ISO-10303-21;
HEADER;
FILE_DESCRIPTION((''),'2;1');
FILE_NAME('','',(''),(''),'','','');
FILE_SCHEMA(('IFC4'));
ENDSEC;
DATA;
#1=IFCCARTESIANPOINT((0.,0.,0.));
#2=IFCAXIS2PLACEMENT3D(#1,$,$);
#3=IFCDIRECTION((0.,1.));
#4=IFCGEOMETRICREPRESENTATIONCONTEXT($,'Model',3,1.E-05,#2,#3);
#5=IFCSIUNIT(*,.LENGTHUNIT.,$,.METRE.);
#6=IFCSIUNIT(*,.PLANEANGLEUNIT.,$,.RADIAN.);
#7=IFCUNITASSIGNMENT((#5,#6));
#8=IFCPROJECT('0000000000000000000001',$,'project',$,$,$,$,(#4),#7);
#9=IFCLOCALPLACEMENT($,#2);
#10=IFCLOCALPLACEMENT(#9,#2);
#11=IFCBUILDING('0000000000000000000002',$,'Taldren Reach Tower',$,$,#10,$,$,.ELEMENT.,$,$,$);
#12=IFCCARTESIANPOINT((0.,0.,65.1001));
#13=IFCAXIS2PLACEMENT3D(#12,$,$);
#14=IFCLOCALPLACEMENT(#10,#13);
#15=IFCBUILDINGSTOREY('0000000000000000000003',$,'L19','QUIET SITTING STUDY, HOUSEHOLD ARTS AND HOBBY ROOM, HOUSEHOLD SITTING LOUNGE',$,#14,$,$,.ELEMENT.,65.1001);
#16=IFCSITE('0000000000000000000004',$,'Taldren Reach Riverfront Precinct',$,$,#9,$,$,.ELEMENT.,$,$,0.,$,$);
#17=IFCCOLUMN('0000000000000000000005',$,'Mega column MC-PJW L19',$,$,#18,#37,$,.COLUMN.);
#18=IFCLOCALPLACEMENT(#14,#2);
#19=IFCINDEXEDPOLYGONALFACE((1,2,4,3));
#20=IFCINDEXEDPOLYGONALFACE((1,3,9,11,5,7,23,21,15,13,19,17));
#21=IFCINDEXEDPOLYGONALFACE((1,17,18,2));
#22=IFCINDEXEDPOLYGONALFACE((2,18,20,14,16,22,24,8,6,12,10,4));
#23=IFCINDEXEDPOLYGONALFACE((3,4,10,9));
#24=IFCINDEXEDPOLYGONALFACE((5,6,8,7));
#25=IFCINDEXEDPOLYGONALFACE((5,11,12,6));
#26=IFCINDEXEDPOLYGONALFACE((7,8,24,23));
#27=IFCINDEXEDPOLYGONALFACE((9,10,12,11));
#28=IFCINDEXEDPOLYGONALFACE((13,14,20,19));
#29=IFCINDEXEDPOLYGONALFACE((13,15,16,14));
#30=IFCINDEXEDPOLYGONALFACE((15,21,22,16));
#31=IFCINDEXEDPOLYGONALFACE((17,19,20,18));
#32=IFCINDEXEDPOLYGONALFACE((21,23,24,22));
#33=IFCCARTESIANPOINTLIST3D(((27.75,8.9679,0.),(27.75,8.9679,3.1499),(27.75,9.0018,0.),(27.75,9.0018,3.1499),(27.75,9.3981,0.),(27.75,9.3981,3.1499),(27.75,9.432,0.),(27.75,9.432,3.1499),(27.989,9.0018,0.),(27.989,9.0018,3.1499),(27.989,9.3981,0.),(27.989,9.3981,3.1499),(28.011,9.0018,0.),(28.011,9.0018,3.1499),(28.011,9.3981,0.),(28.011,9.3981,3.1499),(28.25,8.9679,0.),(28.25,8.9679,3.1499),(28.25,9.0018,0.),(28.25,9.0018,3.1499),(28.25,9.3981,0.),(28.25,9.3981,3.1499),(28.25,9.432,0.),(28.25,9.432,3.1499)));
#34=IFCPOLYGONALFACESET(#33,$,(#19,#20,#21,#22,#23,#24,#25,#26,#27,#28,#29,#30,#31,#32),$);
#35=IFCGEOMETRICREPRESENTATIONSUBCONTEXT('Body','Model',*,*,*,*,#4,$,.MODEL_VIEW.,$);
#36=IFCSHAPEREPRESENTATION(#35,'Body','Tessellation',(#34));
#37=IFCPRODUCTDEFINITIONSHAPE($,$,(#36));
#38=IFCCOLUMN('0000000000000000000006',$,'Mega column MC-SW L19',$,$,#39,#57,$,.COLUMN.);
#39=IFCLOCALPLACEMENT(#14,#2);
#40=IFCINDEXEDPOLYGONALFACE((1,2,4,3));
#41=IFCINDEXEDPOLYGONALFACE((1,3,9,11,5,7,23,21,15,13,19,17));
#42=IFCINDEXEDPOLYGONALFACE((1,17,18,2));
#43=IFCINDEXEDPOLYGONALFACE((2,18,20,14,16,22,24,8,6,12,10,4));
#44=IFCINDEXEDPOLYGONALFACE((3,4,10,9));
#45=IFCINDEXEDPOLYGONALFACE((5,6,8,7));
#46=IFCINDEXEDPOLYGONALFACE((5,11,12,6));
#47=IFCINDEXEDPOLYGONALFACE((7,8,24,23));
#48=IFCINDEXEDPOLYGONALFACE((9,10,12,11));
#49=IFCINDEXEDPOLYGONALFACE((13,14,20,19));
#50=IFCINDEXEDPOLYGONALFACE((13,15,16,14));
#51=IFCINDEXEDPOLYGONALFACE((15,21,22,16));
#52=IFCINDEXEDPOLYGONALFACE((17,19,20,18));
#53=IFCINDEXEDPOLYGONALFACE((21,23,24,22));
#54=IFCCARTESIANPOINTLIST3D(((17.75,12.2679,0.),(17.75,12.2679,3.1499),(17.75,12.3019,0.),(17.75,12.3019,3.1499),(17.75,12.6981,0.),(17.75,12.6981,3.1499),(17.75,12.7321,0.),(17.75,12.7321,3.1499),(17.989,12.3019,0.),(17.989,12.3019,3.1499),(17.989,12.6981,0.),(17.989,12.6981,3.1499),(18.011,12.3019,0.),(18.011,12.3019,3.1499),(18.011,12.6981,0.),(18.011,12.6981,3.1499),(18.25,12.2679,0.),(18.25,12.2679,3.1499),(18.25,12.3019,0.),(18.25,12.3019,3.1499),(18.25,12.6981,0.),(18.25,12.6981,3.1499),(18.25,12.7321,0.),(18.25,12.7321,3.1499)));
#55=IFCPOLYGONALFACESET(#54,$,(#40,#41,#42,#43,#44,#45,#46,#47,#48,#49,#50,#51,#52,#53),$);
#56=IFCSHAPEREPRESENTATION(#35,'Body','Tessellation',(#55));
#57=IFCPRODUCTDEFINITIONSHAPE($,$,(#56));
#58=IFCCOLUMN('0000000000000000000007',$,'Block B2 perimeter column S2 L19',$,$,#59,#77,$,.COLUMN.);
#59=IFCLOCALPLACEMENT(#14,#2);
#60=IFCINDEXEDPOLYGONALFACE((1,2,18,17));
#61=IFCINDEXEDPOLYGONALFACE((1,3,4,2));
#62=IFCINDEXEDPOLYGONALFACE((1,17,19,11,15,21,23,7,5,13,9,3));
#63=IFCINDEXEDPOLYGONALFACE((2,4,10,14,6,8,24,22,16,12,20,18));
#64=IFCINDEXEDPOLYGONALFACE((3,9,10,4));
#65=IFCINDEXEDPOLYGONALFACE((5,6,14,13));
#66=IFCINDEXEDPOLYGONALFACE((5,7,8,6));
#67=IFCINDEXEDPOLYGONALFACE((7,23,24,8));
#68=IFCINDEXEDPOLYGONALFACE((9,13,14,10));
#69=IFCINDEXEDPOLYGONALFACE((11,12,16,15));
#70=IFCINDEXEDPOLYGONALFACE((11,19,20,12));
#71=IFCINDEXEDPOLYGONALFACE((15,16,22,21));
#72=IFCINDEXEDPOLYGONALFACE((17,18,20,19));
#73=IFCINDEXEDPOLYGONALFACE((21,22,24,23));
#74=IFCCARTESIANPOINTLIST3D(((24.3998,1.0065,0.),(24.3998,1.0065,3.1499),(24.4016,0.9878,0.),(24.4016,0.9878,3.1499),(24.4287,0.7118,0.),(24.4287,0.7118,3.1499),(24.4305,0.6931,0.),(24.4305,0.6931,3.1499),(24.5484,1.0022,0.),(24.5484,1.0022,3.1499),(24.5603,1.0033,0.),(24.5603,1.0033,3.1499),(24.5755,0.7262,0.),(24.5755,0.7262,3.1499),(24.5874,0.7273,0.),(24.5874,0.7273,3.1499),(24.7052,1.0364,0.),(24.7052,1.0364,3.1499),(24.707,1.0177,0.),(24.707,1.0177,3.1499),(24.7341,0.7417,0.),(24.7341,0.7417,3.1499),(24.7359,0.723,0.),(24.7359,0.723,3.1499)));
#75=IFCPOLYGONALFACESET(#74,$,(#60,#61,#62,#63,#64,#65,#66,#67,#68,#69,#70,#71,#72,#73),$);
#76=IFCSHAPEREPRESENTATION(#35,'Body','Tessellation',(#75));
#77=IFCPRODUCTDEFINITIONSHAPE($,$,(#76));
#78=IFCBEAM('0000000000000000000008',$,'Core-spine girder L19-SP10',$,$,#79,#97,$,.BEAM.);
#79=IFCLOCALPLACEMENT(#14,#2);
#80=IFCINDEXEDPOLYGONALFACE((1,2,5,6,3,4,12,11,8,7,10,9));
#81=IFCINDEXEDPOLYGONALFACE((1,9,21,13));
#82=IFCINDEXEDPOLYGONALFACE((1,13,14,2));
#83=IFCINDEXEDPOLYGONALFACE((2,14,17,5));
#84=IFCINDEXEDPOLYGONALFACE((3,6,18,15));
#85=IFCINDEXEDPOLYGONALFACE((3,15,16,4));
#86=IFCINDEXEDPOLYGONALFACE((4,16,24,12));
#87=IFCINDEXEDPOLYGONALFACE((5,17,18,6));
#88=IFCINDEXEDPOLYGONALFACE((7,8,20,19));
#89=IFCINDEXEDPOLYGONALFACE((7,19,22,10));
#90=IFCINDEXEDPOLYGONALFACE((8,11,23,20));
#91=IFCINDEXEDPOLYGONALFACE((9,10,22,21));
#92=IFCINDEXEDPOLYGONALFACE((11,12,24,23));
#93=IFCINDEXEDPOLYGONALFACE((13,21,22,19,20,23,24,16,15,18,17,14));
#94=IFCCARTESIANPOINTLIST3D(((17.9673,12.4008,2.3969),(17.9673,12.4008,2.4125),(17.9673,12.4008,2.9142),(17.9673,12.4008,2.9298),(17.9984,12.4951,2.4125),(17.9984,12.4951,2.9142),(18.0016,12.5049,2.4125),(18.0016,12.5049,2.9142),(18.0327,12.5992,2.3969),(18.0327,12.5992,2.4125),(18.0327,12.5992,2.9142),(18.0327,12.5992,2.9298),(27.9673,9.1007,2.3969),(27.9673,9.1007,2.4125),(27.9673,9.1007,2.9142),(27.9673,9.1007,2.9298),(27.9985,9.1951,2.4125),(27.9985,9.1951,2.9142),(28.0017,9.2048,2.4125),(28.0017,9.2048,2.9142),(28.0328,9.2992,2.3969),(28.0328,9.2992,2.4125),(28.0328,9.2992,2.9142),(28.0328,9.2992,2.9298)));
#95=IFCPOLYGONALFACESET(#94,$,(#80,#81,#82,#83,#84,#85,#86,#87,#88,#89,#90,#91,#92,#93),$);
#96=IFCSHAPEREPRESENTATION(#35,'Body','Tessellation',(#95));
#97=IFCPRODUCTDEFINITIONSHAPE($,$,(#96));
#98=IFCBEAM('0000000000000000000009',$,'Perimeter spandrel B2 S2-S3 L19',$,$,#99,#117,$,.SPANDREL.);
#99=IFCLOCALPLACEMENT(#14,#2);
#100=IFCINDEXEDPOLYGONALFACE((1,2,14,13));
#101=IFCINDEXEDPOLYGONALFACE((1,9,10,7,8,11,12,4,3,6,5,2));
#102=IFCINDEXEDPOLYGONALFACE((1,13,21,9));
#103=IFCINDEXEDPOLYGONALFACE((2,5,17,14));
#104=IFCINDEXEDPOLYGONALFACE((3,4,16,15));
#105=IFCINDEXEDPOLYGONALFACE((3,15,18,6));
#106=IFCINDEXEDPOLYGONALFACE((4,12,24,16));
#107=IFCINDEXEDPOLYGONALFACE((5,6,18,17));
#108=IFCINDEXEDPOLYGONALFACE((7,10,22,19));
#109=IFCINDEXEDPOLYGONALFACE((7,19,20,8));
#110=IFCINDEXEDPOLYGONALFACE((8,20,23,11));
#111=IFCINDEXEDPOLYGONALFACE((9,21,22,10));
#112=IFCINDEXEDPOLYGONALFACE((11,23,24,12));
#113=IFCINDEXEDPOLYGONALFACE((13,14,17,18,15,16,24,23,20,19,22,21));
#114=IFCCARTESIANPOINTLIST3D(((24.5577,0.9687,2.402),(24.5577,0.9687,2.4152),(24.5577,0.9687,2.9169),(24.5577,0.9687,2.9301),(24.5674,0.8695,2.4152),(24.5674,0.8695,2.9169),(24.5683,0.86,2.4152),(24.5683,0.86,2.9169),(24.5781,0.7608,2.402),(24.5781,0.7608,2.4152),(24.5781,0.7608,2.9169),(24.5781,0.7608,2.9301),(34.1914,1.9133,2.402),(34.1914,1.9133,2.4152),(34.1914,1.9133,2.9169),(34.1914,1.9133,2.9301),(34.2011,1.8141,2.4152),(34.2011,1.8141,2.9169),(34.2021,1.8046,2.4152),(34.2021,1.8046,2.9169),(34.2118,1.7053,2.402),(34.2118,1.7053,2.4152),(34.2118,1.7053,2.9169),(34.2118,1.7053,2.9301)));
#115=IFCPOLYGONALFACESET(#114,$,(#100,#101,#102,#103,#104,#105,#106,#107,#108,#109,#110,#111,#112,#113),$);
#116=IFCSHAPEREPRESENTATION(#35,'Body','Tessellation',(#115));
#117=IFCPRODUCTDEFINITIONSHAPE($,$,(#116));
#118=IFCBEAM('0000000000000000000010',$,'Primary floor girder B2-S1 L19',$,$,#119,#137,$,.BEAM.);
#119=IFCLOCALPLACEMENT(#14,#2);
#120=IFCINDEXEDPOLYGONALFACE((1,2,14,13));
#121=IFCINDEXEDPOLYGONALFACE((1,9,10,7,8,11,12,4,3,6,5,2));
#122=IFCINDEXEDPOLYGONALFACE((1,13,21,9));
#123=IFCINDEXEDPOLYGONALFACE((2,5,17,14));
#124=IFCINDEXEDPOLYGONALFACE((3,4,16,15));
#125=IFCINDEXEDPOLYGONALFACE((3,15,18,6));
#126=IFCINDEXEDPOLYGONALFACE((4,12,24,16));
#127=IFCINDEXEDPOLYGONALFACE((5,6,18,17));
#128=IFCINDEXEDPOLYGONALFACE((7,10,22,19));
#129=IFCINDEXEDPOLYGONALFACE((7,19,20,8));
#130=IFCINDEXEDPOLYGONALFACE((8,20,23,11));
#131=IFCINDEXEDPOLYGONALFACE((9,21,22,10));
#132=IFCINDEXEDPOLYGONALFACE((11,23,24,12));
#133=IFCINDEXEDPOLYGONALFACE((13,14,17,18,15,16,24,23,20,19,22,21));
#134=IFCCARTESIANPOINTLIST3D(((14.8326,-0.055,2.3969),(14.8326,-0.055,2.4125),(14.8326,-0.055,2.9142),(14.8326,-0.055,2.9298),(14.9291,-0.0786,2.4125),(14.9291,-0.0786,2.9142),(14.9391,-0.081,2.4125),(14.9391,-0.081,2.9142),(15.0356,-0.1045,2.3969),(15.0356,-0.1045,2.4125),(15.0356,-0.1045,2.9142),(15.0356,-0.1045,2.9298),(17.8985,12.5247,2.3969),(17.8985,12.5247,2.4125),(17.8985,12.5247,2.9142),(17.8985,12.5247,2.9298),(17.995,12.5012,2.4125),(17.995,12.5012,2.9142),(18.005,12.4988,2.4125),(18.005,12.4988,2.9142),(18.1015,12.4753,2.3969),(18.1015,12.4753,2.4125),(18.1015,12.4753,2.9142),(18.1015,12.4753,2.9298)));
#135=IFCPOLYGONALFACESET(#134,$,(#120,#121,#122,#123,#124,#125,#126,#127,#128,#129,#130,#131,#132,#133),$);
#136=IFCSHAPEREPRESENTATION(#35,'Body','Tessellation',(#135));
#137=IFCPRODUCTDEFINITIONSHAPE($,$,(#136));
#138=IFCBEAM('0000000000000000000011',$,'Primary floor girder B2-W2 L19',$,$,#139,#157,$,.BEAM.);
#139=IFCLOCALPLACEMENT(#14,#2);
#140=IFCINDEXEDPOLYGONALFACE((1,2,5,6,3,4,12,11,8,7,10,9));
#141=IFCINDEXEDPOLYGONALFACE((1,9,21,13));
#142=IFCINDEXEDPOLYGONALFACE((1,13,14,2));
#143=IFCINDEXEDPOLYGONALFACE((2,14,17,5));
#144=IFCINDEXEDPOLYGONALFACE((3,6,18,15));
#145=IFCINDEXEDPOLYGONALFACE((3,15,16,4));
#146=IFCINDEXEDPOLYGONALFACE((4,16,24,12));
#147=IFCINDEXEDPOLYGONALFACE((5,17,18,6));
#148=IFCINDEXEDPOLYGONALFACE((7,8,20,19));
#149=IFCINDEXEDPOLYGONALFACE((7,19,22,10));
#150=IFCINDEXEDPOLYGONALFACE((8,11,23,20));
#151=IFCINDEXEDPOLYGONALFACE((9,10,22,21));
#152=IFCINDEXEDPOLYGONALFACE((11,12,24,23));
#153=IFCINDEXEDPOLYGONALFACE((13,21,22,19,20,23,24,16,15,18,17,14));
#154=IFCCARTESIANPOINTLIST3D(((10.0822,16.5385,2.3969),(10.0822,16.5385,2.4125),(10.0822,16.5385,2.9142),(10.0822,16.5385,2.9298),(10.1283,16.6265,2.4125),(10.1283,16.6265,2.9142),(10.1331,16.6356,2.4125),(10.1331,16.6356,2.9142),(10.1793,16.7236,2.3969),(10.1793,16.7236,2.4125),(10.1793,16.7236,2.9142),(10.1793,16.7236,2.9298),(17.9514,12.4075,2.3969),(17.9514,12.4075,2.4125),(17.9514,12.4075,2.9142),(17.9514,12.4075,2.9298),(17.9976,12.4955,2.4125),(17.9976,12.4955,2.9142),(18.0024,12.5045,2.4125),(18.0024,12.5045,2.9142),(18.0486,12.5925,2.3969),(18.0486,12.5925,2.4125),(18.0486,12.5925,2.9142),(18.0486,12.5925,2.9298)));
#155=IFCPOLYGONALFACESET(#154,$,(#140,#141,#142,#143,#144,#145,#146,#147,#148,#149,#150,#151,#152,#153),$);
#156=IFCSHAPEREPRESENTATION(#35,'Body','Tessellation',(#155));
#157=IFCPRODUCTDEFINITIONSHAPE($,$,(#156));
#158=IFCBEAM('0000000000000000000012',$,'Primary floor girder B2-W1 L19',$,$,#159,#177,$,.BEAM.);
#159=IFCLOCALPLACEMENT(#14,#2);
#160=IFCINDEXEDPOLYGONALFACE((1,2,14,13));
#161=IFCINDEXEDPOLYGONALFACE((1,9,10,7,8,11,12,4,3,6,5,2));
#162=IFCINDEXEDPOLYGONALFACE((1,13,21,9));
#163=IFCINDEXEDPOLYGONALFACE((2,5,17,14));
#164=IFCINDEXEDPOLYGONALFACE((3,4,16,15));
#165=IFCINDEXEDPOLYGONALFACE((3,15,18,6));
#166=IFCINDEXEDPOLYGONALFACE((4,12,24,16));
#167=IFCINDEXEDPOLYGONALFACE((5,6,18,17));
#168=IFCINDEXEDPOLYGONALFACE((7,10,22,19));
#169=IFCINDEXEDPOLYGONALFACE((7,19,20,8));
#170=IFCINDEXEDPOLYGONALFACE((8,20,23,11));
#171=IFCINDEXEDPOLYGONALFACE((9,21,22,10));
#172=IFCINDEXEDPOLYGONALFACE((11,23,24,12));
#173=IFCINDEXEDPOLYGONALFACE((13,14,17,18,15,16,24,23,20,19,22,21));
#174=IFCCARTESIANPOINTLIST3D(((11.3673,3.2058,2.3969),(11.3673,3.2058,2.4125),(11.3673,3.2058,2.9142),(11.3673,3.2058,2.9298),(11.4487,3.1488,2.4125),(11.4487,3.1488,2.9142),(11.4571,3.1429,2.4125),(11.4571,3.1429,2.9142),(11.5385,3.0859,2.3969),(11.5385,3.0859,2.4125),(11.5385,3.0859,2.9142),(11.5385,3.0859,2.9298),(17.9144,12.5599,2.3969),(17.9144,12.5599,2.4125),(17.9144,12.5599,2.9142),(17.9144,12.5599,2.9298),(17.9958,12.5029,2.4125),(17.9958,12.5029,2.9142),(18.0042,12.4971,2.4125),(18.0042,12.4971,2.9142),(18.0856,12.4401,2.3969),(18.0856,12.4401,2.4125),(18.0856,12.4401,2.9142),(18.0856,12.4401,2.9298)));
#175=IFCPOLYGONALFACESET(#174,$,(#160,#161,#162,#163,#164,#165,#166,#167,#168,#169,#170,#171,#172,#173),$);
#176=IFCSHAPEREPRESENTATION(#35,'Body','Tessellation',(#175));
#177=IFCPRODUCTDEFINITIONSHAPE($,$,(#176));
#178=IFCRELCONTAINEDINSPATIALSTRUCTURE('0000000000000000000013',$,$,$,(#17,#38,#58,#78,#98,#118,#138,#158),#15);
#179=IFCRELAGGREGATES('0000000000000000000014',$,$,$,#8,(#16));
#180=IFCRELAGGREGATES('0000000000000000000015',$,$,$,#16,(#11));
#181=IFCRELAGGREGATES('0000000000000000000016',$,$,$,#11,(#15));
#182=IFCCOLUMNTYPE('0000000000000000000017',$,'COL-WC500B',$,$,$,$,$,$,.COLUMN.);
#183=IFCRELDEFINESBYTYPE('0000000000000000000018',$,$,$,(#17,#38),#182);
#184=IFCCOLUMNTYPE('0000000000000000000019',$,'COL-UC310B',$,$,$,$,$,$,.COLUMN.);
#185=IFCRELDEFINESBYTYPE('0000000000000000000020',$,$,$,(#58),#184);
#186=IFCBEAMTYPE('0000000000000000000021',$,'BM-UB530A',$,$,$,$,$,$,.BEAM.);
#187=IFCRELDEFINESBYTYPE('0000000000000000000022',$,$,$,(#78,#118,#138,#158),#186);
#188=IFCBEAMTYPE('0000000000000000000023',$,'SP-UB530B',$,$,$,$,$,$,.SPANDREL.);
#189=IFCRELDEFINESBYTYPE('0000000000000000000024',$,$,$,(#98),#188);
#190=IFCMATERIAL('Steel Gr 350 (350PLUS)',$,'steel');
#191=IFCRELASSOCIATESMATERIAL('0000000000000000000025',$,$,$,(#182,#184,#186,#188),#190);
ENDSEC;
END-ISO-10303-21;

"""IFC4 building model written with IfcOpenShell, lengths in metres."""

from ifc_helpers import new_model, si_unit, direction, frame, origin, origin_2d, place, context, subcontext, project, spatial, i_section, extrude, source, transform, mapped, material, material_profile, profile_set, type_object, element, save


model = new_model("IFC4")

# Units and contexts
model_context = context("Model", 3, precision=1e-05, world=origin(), true_north=direction((0.0, 1.0)))
body_context = subcontext(model_context, "Body", "Model", "MODEL_VIEW")
ifc_project = project(units=[si_unit("LENGTHUNIT", "METRE"), si_unit("PLANEANGLEUNIT", "RADIAN")], contexts=[model_context])

# Site, building, storey
site_placement = place(None, origin())
site = spatial("IfcSite", under=ifc_project, at=site_placement, Name="Taldren Reach Riverfront Precinct", CompositionType="ELEMENT", RefElevation=0.0)
building_placement = place(site_placement, origin())
building = spatial("IfcBuilding", under=site, at=building_placement, Name="Taldren Reach Tower", CompositionType="ELEMENT")
storey_placement = place(building_placement, frame((0.0, 0.0, 65.1001)))
storey = spatial("IfcBuildingStorey", under=building, at=storey_placement, Name="L19", Description="QUIET SITTING STUDY, HOUSEHOLD ARTS AND HOBBY ROOM, HOUSEHOLD SITTING LOUNGE", CompositionType="ELEMENT", Elevation=65.1001)

# Columns
ifc_material_1 = material(Name="Steel Gr 350 (350PLUS)", Category="steel")
ifc_material_profile_1 = material_profile(ifc_material_1, i_section(OverallWidth=0.5, OverallDepth=0.4641, WebThickness=0.022, FlangeThickness=0.0339, at=origin_2d()), Name="500WC340")
ifc_profile_set_1 = profile_set([ifc_material_profile_1], Name="Steel Gr 350 (350PLUS)")
column_type_1 = type_object("IfcColumnType", Name="COL-WC500B", PredefinedType="COLUMN", material=ifc_profile_set_1)
shared_shape_1 = source(origin(), body_context, "Body", "SweptSolid", [
    extrude(i_section(OverallWidth=0.5, OverallDepth=0.4641, WebThickness=0.022, FlangeThickness=0.0339, at=origin_2d()), origin(), (0.0, 0.0, 1.0), 3.1499),
])
for number, where, z_axis, x_axis, name in (
    (1, (28.0, 9.2, 0.0), (0.0, 0.0, 1.0), (1.0, 0.0, 0.0), "Mega column MC-PJW L19"),
    (2, (18.0, 12.5, 0.0), (0.0, 0.0, 1.0), (1.0, 0.0, 0.0), "Mega column MC-SW L19"),
):
    element("IfcColumn", number, at=place(storey_placement, frame(where, z_axis=z_axis, x_axis=x_axis)), inside=storey, type_object=column_type_1, Name=name, PredefinedType="COLUMN", context=body_context, shape_type="MappedRepresentation", body=[
        mapped(shared_shape_1, transform((0.0, 0.0, 0.0), scale=1.0)),
    ])
ifc_material_profile_2 = material_profile(ifc_material_1, i_section(OverallWidth=0.3069, OverallDepth=0.3149, WebThickness=0.012, FlangeThickness=0.0188, at=origin_2d()), Name="310UC118")
ifc_profile_set_2 = profile_set([ifc_material_profile_2], Name="Steel Gr 350 (350PLUS)")
column_type_2 = type_object("IfcColumnType", Name="COL-UC310B", PredefinedType="COLUMN", material=ifc_profile_set_2)
shared_shape_2 = source(origin(), body_context, "Body", "SweptSolid", [
    extrude(i_section(OverallWidth=0.3069, OverallDepth=0.3149, WebThickness=0.012, FlangeThickness=0.0188, at=origin_2d()), origin(), (0.0, 0.0, 1.0), 3.1499),
])
column_placement = place(storey_placement, frame((24.5679, 0.8647, 0.0), z_axis=(0.0, 0.0, 1.0), x_axis=(0.995227, 0.097583, 0.0)))
element("IfcColumn", 3, at=column_placement, inside=storey, type_object=column_type_2, Name="Block B2 perimeter column S2 L19", PredefinedType="COLUMN", context=body_context, shape_type="MappedRepresentation", body=[
    mapped(shared_shape_2, transform((0.0, 0.0, 0.0), scale=1.0)),
])

# Beams
ifc_material_profile_3 = material_profile(ifc_material_1, i_section(OverallWidth=0.209, OverallDepth=0.533, WebThickness=0.0103, FlangeThickness=0.0156, at=origin_2d()), Name="530UB92.4")
ifc_profile_set_3 = profile_set([ifc_material_profile_3], Name="Steel Gr 350 (350PLUS)")
beam_type_1 = type_object("IfcBeamType", Name="BM-UB530A", PredefinedType="BEAM", material=ifc_profile_set_3)
shared_shape_3 = source(origin(), body_context, "Body", "SweptSolid", [
    extrude(i_section(OverallWidth=0.209, OverallDepth=0.533, WebThickness=0.0103, FlangeThickness=0.0156, at=origin_2d()), origin(), (0.0, 0.0, 1.0), 10.5305),
])
beam_1_placement = place(storey_placement, frame((18.0, 12.5, 2.6633), z_axis=(0.949627, -0.313382, 0.0), x_axis=(0.313382, 0.949627, 0.0)))
element("IfcBeam", 4, at=beam_1_placement, inside=storey, type_object=beam_type_1, Name="Core-spine girder L19-SP10", PredefinedType="BEAM", context=body_context, shape_type="MappedRepresentation", body=[
    mapped(shared_shape_3, transform((0.0, 0.0, 0.0), scale=1.0)),
])
ifc_material_profile_4 = material_profile(ifc_material_1, i_section(OverallWidth=0.209, OverallDepth=0.5281, WebThickness=0.0095, FlangeThickness=0.0132, at=origin_2d()), Name="530UB82.0")
ifc_profile_set_4 = profile_set([ifc_material_profile_4], Name="Steel Gr 350 (350PLUS)")
beam_type_2 = type_object("IfcBeamType", Name="SP-UB530B", PredefinedType="SPANDREL", material=ifc_profile_set_4)
shared_shape_4 = source(origin(), body_context, "Body", "SweptSolid", [
    extrude(i_section(OverallWidth=0.209, OverallDepth=0.5281, WebThickness=0.0095, FlangeThickness=0.0132, at=origin_2d()), origin(), (0.0, 0.0, 1.0), 9.6799),
])
beam_2_placement = place(storey_placement, frame((24.5679, 0.8647, 2.666), z_axis=(0.995228, 0.097581, 0.0), x_axis=(-0.097581, 0.995228, 0.0)))
element("IfcBeam", 5, at=beam_2_placement, inside=storey, type_object=beam_type_2, Name="Perimeter spandrel B2 S2-S3 L19", PredefinedType="SPANDREL", context=body_context, shape_type="MappedRepresentation", body=[
    mapped(shared_shape_4, transform((0.0, 0.0, 0.0), scale=1.0)),
])
shared_shape_5 = source(origin(), body_context, "Body", "SweptSolid", [
    extrude(i_section(OverallWidth=0.209, OverallDepth=0.533, WebThickness=0.0103, FlangeThickness=0.0156, at=origin_2d()), origin(), (0.0, 0.0, 1.0), 12.948),
])
beam_3_placement = place(storey_placement, frame((18.0, 12.5, 2.6633), z_axis=(-0.236786, -0.971562, 0.0), x_axis=(0.971562, -0.236786, 0.0)))
element("IfcBeam", 6, at=beam_3_placement, inside=storey, type_object=beam_type_1, Name="Primary floor girder B2-S1 L19", PredefinedType="BEAM", context=body_context, shape_type="MappedRepresentation", body=[
    mapped(shared_shape_5, transform((0.0, 0.0, 0.0), scale=1.0)),
])
shared_shape_6 = source(origin(), body_context, "Body", "SweptSolid", [
    extrude(i_section(OverallWidth=0.209, OverallDepth=0.533, WebThickness=0.0103, FlangeThickness=0.0156, at=origin_2d()), origin(), (0.0, 0.0, 1.0), 8.8877),
])
beam_4_placement = place(storey_placement, frame((18.0, 12.5, 2.6633), z_axis=(-0.885413, 0.464805, 0.0), x_axis=(-0.464805, -0.885413, 0.0)))
element("IfcBeam", 7, at=beam_4_placement, inside=storey, type_object=beam_type_1, Name="Primary floor girder B2-W2 L19", PredefinedType="BEAM", context=body_context, shape_type="MappedRepresentation", body=[
    mapped(shared_shape_6, transform((0.0, 0.0, 0.0), scale=1.0)),
])
shared_shape_7 = source(origin(), body_context, "Body", "SweptSolid", [
    extrude(i_section(OverallWidth=0.209, OverallDepth=0.533, WebThickness=0.0103, FlangeThickness=0.0156, at=origin_2d()), origin(), (0.0, 0.0, 1.0), 11.4177),
])
beam_5_placement = place(storey_placement, frame((18.0, 12.5, 2.6633), z_axis=(-0.573412, -0.819267, 0.0), x_axis=(0.819267, -0.573412, 0.0)))
element("IfcBeam", 8, at=beam_5_placement, inside=storey, type_object=beam_type_1, Name="Primary floor girder B2-W1 L19", PredefinedType="BEAM", context=body_context, shape_type="MappedRepresentation", body=[
    mapped(shared_shape_7, transform((0.0, 0.0, 0.0), scale=1.0)),
])

save(model, "model.ifc")
